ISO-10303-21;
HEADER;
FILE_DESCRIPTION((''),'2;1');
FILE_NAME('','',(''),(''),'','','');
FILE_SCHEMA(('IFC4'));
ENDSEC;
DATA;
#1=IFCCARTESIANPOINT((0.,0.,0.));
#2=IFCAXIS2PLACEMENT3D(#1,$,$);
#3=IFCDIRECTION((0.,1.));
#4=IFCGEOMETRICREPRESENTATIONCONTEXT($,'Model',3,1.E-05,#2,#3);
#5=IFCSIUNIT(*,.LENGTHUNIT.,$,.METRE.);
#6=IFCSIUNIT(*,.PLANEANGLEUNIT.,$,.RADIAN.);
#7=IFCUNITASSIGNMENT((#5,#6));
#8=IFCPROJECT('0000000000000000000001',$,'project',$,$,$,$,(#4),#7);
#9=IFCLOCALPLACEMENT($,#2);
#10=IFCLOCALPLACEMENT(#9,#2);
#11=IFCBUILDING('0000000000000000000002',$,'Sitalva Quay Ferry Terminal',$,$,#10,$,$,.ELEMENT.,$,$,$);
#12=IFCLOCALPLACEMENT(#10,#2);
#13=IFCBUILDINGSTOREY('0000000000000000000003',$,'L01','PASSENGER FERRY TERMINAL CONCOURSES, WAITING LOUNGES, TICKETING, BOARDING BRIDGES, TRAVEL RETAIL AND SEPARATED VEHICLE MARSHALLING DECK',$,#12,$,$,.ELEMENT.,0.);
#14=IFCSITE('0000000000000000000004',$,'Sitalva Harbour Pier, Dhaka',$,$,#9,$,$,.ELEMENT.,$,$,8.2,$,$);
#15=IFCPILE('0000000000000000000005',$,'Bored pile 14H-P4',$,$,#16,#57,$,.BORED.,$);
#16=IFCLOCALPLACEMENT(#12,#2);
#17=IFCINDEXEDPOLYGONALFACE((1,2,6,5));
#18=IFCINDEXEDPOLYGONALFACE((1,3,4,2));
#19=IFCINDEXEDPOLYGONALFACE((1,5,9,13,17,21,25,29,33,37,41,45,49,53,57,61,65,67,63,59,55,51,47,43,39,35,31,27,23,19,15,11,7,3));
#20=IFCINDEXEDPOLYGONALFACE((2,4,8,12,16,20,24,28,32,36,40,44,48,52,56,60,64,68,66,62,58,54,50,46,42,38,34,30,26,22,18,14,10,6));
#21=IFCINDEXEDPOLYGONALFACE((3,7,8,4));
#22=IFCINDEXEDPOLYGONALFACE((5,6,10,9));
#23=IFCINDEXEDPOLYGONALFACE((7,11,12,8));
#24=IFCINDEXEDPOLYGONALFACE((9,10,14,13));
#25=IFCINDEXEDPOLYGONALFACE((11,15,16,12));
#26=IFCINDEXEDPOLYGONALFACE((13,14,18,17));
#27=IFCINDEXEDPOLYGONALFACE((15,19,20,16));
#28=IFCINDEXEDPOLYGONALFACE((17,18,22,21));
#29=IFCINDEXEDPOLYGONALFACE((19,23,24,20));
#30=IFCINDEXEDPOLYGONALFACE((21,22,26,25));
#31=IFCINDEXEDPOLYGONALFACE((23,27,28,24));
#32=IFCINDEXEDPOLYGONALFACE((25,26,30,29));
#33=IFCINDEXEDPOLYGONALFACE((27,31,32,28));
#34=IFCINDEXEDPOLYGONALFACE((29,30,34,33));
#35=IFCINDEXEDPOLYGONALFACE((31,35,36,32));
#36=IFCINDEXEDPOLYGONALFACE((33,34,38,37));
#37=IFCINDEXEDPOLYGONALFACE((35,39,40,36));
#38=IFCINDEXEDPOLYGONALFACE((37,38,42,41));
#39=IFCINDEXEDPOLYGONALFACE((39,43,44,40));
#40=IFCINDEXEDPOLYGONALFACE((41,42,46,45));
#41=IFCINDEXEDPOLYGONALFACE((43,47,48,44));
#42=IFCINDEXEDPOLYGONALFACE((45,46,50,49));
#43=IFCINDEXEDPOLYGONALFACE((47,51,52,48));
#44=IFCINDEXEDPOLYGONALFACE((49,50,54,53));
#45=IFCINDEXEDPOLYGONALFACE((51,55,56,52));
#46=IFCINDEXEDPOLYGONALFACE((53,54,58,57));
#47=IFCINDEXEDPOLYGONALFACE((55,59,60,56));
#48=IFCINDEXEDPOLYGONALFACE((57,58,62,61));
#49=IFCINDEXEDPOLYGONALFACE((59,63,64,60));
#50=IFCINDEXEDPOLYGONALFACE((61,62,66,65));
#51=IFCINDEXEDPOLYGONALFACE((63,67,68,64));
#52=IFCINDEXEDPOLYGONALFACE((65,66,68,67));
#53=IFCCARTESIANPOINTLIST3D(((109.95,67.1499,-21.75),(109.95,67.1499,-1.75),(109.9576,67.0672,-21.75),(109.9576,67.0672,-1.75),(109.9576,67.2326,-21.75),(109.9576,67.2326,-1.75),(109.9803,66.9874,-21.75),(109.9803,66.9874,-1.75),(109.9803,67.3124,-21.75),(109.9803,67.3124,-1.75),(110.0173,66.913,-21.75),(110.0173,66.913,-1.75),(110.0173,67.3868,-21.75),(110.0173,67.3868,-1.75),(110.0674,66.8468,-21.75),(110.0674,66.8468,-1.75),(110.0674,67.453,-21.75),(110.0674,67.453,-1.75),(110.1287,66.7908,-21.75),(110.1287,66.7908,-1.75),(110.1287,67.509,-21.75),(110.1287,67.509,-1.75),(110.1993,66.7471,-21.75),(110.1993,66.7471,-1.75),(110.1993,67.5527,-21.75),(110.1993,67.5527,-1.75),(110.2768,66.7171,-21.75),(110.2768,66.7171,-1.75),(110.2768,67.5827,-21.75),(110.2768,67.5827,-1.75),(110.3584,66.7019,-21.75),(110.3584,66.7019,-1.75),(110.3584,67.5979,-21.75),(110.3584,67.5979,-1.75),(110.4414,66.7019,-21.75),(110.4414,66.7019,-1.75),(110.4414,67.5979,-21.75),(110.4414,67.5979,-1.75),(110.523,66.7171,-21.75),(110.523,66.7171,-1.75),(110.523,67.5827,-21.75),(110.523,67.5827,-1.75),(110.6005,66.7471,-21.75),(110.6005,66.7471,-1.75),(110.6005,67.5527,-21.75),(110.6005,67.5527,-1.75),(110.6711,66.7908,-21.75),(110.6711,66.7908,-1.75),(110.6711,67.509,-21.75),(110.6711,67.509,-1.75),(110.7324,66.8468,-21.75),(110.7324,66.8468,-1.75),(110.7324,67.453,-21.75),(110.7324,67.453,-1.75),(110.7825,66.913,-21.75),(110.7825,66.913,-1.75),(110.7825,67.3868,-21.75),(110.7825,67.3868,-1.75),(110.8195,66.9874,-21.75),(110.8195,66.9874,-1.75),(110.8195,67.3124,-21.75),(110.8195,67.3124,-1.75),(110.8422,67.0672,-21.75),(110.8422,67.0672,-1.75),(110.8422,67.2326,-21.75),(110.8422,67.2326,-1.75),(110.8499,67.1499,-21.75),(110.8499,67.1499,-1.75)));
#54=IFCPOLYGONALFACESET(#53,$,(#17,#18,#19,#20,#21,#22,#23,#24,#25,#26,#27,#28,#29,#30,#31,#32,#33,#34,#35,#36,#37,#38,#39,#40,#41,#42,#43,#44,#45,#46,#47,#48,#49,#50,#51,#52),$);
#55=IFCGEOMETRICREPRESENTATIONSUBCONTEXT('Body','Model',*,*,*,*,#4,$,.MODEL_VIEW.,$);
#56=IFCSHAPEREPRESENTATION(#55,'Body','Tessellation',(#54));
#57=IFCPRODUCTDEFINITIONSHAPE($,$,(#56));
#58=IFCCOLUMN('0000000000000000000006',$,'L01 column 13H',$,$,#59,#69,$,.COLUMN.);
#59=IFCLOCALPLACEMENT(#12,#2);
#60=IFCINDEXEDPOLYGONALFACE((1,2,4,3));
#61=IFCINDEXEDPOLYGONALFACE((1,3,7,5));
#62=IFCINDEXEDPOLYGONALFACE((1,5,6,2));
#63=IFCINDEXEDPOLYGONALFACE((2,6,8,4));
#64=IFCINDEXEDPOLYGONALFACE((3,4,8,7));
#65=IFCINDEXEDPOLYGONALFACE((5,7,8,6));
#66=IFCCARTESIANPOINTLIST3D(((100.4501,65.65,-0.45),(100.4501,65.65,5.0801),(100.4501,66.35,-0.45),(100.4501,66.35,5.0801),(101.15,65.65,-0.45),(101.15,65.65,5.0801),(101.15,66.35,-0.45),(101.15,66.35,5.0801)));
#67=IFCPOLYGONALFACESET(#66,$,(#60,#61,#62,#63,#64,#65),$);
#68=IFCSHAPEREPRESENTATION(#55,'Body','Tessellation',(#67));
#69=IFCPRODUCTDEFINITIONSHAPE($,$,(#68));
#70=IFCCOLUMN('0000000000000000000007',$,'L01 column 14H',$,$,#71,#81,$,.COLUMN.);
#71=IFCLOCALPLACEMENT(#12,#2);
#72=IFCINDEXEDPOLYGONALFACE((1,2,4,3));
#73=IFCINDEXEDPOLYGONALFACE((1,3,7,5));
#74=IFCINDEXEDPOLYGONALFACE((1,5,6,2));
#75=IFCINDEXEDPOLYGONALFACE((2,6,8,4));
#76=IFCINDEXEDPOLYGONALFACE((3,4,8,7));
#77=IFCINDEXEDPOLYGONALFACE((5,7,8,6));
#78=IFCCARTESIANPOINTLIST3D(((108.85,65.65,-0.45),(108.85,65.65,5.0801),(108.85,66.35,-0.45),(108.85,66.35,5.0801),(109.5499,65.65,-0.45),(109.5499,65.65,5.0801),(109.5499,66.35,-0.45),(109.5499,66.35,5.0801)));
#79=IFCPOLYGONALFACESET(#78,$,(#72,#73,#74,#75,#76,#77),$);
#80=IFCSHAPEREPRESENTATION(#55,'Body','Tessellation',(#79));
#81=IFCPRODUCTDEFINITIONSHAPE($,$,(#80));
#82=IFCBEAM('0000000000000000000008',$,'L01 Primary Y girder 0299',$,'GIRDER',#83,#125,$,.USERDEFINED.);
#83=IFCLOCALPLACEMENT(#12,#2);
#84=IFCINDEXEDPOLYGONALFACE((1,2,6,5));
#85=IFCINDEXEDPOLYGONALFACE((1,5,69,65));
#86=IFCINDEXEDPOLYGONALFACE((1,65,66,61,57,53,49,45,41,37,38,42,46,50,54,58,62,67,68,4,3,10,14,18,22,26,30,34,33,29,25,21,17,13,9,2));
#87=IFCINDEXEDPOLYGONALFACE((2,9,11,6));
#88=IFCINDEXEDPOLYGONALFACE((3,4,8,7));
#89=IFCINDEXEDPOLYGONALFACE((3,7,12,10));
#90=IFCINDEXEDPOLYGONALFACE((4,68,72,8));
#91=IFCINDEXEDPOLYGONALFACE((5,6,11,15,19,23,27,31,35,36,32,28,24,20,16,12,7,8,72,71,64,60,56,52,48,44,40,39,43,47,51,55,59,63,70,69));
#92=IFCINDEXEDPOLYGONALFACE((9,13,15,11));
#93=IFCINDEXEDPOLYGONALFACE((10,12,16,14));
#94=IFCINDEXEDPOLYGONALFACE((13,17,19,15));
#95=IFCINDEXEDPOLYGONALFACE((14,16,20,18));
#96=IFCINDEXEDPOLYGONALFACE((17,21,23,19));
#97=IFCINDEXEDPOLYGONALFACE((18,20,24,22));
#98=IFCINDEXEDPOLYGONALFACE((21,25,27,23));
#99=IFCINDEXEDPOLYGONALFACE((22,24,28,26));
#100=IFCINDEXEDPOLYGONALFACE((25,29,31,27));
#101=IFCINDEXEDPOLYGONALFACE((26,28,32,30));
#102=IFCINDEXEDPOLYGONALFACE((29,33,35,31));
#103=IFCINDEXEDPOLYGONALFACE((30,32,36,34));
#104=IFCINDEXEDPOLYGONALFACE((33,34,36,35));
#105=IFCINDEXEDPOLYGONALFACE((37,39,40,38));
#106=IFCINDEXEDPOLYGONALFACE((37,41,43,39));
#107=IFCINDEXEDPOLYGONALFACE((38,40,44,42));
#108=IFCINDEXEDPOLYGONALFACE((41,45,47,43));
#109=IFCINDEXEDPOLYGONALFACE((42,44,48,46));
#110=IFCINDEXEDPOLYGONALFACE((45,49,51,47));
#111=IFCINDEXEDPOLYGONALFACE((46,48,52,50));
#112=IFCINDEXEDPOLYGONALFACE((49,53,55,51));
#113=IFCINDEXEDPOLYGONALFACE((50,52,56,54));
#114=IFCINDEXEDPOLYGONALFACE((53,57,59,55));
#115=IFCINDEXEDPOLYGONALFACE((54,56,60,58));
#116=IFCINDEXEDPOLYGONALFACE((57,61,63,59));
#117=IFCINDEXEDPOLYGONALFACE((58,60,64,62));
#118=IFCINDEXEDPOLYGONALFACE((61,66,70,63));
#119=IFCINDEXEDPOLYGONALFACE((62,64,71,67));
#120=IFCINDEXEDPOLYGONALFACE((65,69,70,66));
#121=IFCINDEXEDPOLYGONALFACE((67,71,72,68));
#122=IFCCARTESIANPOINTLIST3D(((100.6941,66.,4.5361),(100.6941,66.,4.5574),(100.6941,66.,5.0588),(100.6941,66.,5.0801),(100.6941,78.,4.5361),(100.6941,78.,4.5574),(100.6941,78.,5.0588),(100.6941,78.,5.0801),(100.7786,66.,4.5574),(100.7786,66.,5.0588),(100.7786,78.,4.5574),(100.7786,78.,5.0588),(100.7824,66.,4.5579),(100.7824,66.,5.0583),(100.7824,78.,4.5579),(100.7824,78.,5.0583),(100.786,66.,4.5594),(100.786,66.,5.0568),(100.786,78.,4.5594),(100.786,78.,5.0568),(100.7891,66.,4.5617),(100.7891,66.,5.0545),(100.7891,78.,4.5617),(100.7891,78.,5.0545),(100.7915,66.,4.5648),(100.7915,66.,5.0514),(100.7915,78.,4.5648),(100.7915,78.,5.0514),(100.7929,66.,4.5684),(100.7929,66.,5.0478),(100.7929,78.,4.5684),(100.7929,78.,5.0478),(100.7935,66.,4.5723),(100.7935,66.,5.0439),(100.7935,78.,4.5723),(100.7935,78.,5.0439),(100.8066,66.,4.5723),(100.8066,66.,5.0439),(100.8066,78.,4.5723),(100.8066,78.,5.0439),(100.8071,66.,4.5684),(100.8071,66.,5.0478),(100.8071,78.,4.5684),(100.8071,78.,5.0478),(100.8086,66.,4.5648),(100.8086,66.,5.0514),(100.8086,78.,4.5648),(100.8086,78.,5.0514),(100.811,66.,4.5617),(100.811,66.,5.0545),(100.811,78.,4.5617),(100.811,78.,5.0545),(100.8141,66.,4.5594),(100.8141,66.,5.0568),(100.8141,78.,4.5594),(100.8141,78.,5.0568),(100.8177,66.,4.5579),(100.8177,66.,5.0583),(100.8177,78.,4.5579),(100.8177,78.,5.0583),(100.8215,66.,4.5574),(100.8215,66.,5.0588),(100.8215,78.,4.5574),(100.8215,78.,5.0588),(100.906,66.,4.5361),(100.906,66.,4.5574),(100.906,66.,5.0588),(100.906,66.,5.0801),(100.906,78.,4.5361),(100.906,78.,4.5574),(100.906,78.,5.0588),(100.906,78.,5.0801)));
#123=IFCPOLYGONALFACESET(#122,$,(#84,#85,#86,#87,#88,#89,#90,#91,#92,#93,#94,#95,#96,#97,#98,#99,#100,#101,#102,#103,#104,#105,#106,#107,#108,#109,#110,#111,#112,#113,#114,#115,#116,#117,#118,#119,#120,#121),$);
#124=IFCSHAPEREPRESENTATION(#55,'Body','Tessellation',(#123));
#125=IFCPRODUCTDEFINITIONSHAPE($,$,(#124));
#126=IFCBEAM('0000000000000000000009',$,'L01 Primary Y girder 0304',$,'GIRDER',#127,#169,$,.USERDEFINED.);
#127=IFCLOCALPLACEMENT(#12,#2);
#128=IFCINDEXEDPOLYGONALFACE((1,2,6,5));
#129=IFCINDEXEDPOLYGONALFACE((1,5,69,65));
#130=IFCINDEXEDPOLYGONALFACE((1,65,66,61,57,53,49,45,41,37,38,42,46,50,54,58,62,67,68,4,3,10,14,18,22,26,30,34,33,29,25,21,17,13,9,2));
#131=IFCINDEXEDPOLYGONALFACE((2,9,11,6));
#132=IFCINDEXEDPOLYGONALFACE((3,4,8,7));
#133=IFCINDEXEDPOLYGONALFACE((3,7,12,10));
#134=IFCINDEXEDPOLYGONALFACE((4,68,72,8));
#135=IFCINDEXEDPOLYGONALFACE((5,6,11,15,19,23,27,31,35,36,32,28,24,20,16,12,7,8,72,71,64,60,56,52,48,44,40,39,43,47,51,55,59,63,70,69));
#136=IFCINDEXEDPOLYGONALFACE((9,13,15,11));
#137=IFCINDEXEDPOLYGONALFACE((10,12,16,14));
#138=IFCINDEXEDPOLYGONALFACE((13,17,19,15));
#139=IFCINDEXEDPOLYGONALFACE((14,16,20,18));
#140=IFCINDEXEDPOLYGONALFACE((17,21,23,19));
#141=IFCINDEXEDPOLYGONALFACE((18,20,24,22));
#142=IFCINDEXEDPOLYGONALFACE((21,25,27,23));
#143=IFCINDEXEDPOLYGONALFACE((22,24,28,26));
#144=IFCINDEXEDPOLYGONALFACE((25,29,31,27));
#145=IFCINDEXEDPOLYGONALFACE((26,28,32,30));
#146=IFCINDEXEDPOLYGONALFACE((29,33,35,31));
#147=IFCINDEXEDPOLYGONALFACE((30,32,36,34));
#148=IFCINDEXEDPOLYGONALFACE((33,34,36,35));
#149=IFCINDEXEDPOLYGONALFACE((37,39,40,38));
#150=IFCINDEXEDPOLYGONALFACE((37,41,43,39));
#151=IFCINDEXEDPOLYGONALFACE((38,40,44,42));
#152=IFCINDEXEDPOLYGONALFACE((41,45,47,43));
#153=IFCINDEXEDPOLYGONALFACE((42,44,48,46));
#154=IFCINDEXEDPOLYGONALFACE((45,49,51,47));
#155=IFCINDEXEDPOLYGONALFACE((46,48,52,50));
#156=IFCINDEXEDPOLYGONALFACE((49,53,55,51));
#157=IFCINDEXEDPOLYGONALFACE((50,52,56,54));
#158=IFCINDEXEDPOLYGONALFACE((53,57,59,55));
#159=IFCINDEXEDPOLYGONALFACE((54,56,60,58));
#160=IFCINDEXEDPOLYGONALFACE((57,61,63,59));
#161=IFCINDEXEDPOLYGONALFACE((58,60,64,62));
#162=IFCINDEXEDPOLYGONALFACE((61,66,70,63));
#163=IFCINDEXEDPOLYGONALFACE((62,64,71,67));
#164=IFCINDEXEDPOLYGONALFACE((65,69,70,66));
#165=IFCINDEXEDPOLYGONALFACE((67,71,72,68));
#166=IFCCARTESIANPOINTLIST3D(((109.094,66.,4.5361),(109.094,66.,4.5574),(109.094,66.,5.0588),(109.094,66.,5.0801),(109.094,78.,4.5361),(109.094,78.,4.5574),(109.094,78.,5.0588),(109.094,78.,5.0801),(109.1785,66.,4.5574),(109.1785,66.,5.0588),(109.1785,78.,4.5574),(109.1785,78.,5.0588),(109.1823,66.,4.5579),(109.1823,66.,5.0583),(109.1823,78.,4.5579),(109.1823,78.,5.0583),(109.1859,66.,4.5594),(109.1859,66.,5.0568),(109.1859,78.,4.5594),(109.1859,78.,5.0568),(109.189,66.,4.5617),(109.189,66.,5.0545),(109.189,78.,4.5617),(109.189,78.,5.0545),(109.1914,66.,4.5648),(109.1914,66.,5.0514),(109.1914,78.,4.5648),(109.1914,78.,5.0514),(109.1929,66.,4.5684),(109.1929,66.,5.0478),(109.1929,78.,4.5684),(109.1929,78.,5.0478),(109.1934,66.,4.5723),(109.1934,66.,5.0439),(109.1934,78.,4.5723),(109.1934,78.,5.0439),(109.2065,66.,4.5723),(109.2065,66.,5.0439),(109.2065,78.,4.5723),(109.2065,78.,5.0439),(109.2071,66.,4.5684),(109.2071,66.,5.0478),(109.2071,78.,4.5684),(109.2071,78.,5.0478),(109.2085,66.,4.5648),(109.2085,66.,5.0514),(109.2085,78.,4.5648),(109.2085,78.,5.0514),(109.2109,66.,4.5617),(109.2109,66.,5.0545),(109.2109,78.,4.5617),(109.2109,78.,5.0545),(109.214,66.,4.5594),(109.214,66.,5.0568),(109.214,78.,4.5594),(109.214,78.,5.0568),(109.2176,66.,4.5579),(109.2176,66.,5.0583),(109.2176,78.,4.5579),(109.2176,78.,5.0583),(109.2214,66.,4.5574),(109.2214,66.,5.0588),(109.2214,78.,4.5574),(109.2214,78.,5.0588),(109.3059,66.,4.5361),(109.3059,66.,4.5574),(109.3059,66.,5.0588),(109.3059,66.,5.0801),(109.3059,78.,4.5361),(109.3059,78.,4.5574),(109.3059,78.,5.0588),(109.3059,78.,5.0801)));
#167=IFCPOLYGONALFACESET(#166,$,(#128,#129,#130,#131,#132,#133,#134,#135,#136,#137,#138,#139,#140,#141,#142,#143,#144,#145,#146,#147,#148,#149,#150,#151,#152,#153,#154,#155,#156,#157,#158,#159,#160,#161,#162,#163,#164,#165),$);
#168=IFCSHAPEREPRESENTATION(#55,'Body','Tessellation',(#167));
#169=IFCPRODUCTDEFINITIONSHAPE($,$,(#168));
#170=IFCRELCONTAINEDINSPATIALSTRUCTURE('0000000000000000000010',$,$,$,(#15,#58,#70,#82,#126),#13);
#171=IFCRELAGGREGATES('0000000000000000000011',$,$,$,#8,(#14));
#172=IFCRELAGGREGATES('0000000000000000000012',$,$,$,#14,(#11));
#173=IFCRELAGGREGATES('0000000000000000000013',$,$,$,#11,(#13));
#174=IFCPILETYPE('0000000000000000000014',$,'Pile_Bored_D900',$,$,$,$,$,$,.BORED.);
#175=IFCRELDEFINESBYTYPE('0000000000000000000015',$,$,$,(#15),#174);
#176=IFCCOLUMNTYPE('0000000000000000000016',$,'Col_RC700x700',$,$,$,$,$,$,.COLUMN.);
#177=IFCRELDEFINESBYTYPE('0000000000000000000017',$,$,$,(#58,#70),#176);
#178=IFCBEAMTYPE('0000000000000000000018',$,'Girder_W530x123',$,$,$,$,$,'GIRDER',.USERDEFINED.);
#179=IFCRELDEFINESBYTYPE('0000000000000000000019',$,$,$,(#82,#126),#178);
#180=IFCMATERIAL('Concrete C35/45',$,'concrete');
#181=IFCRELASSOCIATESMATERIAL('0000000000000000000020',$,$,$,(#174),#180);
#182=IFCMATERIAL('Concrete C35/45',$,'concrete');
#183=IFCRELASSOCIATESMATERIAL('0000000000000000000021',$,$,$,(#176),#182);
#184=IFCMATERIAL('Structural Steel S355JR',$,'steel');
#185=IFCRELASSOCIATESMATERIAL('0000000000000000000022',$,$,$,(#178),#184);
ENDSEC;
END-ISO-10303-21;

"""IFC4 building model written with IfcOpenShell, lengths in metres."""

from ifc_helpers import new_model, si_unit, direction, frame, origin, origin_2d, place, context, subcontext, project, spatial, rectangle, circle, i_section, extrude, material, material_profile, profile_set, type_object, element, save


model = new_model("IFC4")

# Units and contexts
model_context = context("Model", 3, precision=1e-05, world=origin(), true_north=direction((0.0, 1.0)))
body_context = subcontext(model_context, "Body", "Model", "MODEL_VIEW")
ifc_project = project(units=[si_unit("LENGTHUNIT", "METRE"), si_unit("PLANEANGLEUNIT", "RADIAN")], contexts=[model_context])

# Site, building, storey
site_placement = place(None, origin())
site = spatial("IfcSite", under=ifc_project, at=site_placement, Name="Sitalva Harbour Pier, Dhaka", CompositionType="ELEMENT", RefElevation=8.2)
building_placement = place(site_placement, origin())
building = spatial("IfcBuilding", under=site, at=building_placement, Name="Sitalva Quay Ferry Terminal", CompositionType="ELEMENT")
storey_placement = place(building_placement, origin())
storey = spatial("IfcBuildingStorey", under=building, at=storey_placement, Name="L01", Description="PASSENGER FERRY TERMINAL CONCOURSES, WAITING LOUNGES, TICKETING, BOARDING BRIDGES, TRAVEL RETAIL AND SEPARATED VEHICLE MARSHALLING DECK", CompositionType="ELEMENT", Elevation=0.0)

# Pile
ifc_material_1 = material(Name="Concrete C35/45", Category="concrete")
ifc_material_profile_1 = material_profile(ifc_material_1, circle(Radius=0.45, at=origin_2d()), Name="PILE-D900")
ifc_profile_set_1 = profile_set([ifc_material_profile_1], Name="Concrete C35/45")
pile_type = type_object("IfcPileType", Name="Pile_Bored_D900", PredefinedType="BORED", material=ifc_profile_set_1)
for number, where, z_axis, x_axis, name in (
    (1, (110.3999, 67.1499, -1.75), (0.0, 0.0, -1.0), (1.0, 0.0, 0.0), "Bored pile 14H-P4"),
):
    element("IfcPile", number, at=place(storey_placement, frame(where, z_axis=z_axis, x_axis=x_axis)), inside=storey, type_object=pile_type, Name=name, PredefinedType="BORED", context=body_context, shape_type="SweptSolid", body=[
        extrude(circle(Radius=0.45, at=origin_2d()), origin(), (0.0, 0.0, 1.0), 20.0),
    ])

# Columns
ifc_material_2 = material(Name="Concrete C35/45", Category="concrete")
ifc_material_profile_2 = material_profile(ifc_material_2, rectangle(XDim=0.7, YDim=0.7, at=origin_2d()), Name="RC700x700")
ifc_profile_set_2 = profile_set([ifc_material_profile_2], Name="Concrete C35/45")
column_type = type_object("IfcColumnType", Name="Col_RC700x700", PredefinedType="COLUMN", material=ifc_profile_set_2)
for number, where, z_axis, x_axis, name in (
    (2, (100.8, 66.0, -0.45), (0.0, 0.0, 1.0), (1.0, 0.0, 0.0), "L01 column 13H"),
    (3, (109.2, 66.0, -0.45), (0.0, 0.0, 1.0), (1.0, 0.0, 0.0), "L01 column 14H"),
):
    element("IfcColumn", number, at=place(storey_placement, frame(where, z_axis=z_axis, x_axis=x_axis)), inside=storey, type_object=column_type, Name=name, PredefinedType="COLUMN", context=body_context, shape_type="SweptSolid", body=[
        extrude(rectangle(XDim=0.7, YDim=0.7, at=origin_2d()), origin(), (0.0, 0.0, 1.0), 5.53),
    ])

# Beams
ifc_material_3 = material(Name="Structural Steel S355JR", Category="steel")
ifc_material_profile_3 = material_profile(ifc_material_3, i_section(OverallWidth=0.2119, OverallDepth=0.5439, WebThickness=0.0132, FlangeThickness=0.0212, FilletRadius=0.0149, at=origin_2d()), Name="W530x123")
ifc_profile_set_3 = profile_set([ifc_material_profile_3], Name="Structural Steel S355JR")
beam_type_1 = type_object("IfcBeamType", Name="Girder_W530x123", ElementType="GIRDER", PredefinedType="USERDEFINED", material=ifc_profile_set_3)
for number, where, z_axis, x_axis, name in (
    (4, (100.8, 66.0, 4.8081), (0.0, 1.0, 0.0), (-1.0, 0.0, 0.0), "L01 Primary Y girder 0299"),
    (5, (109.2, 66.0, 4.8081), (0.0, 1.0, 0.0), (-1.0, 0.0, 0.0), "L01 Primary Y girder 0304"),
):
    element("IfcBeam", number, at=place(storey_placement, frame(where, z_axis=z_axis, x_axis=x_axis)), inside=storey, type_object=beam_type_1, Name=name, ObjectType="GIRDER", PredefinedType="USERDEFINED", context=body_context, shape_type="SweptSolid", body=[
        extrude(i_section(OverallWidth=0.2119, OverallDepth=0.5439, WebThickness=0.0132, FlangeThickness=0.0212, FilletRadius=0.0149, at=origin_2d()), origin(), (0.0, 0.0, 1.0), 12.0),
    ])

save(model, "model.ifc")
